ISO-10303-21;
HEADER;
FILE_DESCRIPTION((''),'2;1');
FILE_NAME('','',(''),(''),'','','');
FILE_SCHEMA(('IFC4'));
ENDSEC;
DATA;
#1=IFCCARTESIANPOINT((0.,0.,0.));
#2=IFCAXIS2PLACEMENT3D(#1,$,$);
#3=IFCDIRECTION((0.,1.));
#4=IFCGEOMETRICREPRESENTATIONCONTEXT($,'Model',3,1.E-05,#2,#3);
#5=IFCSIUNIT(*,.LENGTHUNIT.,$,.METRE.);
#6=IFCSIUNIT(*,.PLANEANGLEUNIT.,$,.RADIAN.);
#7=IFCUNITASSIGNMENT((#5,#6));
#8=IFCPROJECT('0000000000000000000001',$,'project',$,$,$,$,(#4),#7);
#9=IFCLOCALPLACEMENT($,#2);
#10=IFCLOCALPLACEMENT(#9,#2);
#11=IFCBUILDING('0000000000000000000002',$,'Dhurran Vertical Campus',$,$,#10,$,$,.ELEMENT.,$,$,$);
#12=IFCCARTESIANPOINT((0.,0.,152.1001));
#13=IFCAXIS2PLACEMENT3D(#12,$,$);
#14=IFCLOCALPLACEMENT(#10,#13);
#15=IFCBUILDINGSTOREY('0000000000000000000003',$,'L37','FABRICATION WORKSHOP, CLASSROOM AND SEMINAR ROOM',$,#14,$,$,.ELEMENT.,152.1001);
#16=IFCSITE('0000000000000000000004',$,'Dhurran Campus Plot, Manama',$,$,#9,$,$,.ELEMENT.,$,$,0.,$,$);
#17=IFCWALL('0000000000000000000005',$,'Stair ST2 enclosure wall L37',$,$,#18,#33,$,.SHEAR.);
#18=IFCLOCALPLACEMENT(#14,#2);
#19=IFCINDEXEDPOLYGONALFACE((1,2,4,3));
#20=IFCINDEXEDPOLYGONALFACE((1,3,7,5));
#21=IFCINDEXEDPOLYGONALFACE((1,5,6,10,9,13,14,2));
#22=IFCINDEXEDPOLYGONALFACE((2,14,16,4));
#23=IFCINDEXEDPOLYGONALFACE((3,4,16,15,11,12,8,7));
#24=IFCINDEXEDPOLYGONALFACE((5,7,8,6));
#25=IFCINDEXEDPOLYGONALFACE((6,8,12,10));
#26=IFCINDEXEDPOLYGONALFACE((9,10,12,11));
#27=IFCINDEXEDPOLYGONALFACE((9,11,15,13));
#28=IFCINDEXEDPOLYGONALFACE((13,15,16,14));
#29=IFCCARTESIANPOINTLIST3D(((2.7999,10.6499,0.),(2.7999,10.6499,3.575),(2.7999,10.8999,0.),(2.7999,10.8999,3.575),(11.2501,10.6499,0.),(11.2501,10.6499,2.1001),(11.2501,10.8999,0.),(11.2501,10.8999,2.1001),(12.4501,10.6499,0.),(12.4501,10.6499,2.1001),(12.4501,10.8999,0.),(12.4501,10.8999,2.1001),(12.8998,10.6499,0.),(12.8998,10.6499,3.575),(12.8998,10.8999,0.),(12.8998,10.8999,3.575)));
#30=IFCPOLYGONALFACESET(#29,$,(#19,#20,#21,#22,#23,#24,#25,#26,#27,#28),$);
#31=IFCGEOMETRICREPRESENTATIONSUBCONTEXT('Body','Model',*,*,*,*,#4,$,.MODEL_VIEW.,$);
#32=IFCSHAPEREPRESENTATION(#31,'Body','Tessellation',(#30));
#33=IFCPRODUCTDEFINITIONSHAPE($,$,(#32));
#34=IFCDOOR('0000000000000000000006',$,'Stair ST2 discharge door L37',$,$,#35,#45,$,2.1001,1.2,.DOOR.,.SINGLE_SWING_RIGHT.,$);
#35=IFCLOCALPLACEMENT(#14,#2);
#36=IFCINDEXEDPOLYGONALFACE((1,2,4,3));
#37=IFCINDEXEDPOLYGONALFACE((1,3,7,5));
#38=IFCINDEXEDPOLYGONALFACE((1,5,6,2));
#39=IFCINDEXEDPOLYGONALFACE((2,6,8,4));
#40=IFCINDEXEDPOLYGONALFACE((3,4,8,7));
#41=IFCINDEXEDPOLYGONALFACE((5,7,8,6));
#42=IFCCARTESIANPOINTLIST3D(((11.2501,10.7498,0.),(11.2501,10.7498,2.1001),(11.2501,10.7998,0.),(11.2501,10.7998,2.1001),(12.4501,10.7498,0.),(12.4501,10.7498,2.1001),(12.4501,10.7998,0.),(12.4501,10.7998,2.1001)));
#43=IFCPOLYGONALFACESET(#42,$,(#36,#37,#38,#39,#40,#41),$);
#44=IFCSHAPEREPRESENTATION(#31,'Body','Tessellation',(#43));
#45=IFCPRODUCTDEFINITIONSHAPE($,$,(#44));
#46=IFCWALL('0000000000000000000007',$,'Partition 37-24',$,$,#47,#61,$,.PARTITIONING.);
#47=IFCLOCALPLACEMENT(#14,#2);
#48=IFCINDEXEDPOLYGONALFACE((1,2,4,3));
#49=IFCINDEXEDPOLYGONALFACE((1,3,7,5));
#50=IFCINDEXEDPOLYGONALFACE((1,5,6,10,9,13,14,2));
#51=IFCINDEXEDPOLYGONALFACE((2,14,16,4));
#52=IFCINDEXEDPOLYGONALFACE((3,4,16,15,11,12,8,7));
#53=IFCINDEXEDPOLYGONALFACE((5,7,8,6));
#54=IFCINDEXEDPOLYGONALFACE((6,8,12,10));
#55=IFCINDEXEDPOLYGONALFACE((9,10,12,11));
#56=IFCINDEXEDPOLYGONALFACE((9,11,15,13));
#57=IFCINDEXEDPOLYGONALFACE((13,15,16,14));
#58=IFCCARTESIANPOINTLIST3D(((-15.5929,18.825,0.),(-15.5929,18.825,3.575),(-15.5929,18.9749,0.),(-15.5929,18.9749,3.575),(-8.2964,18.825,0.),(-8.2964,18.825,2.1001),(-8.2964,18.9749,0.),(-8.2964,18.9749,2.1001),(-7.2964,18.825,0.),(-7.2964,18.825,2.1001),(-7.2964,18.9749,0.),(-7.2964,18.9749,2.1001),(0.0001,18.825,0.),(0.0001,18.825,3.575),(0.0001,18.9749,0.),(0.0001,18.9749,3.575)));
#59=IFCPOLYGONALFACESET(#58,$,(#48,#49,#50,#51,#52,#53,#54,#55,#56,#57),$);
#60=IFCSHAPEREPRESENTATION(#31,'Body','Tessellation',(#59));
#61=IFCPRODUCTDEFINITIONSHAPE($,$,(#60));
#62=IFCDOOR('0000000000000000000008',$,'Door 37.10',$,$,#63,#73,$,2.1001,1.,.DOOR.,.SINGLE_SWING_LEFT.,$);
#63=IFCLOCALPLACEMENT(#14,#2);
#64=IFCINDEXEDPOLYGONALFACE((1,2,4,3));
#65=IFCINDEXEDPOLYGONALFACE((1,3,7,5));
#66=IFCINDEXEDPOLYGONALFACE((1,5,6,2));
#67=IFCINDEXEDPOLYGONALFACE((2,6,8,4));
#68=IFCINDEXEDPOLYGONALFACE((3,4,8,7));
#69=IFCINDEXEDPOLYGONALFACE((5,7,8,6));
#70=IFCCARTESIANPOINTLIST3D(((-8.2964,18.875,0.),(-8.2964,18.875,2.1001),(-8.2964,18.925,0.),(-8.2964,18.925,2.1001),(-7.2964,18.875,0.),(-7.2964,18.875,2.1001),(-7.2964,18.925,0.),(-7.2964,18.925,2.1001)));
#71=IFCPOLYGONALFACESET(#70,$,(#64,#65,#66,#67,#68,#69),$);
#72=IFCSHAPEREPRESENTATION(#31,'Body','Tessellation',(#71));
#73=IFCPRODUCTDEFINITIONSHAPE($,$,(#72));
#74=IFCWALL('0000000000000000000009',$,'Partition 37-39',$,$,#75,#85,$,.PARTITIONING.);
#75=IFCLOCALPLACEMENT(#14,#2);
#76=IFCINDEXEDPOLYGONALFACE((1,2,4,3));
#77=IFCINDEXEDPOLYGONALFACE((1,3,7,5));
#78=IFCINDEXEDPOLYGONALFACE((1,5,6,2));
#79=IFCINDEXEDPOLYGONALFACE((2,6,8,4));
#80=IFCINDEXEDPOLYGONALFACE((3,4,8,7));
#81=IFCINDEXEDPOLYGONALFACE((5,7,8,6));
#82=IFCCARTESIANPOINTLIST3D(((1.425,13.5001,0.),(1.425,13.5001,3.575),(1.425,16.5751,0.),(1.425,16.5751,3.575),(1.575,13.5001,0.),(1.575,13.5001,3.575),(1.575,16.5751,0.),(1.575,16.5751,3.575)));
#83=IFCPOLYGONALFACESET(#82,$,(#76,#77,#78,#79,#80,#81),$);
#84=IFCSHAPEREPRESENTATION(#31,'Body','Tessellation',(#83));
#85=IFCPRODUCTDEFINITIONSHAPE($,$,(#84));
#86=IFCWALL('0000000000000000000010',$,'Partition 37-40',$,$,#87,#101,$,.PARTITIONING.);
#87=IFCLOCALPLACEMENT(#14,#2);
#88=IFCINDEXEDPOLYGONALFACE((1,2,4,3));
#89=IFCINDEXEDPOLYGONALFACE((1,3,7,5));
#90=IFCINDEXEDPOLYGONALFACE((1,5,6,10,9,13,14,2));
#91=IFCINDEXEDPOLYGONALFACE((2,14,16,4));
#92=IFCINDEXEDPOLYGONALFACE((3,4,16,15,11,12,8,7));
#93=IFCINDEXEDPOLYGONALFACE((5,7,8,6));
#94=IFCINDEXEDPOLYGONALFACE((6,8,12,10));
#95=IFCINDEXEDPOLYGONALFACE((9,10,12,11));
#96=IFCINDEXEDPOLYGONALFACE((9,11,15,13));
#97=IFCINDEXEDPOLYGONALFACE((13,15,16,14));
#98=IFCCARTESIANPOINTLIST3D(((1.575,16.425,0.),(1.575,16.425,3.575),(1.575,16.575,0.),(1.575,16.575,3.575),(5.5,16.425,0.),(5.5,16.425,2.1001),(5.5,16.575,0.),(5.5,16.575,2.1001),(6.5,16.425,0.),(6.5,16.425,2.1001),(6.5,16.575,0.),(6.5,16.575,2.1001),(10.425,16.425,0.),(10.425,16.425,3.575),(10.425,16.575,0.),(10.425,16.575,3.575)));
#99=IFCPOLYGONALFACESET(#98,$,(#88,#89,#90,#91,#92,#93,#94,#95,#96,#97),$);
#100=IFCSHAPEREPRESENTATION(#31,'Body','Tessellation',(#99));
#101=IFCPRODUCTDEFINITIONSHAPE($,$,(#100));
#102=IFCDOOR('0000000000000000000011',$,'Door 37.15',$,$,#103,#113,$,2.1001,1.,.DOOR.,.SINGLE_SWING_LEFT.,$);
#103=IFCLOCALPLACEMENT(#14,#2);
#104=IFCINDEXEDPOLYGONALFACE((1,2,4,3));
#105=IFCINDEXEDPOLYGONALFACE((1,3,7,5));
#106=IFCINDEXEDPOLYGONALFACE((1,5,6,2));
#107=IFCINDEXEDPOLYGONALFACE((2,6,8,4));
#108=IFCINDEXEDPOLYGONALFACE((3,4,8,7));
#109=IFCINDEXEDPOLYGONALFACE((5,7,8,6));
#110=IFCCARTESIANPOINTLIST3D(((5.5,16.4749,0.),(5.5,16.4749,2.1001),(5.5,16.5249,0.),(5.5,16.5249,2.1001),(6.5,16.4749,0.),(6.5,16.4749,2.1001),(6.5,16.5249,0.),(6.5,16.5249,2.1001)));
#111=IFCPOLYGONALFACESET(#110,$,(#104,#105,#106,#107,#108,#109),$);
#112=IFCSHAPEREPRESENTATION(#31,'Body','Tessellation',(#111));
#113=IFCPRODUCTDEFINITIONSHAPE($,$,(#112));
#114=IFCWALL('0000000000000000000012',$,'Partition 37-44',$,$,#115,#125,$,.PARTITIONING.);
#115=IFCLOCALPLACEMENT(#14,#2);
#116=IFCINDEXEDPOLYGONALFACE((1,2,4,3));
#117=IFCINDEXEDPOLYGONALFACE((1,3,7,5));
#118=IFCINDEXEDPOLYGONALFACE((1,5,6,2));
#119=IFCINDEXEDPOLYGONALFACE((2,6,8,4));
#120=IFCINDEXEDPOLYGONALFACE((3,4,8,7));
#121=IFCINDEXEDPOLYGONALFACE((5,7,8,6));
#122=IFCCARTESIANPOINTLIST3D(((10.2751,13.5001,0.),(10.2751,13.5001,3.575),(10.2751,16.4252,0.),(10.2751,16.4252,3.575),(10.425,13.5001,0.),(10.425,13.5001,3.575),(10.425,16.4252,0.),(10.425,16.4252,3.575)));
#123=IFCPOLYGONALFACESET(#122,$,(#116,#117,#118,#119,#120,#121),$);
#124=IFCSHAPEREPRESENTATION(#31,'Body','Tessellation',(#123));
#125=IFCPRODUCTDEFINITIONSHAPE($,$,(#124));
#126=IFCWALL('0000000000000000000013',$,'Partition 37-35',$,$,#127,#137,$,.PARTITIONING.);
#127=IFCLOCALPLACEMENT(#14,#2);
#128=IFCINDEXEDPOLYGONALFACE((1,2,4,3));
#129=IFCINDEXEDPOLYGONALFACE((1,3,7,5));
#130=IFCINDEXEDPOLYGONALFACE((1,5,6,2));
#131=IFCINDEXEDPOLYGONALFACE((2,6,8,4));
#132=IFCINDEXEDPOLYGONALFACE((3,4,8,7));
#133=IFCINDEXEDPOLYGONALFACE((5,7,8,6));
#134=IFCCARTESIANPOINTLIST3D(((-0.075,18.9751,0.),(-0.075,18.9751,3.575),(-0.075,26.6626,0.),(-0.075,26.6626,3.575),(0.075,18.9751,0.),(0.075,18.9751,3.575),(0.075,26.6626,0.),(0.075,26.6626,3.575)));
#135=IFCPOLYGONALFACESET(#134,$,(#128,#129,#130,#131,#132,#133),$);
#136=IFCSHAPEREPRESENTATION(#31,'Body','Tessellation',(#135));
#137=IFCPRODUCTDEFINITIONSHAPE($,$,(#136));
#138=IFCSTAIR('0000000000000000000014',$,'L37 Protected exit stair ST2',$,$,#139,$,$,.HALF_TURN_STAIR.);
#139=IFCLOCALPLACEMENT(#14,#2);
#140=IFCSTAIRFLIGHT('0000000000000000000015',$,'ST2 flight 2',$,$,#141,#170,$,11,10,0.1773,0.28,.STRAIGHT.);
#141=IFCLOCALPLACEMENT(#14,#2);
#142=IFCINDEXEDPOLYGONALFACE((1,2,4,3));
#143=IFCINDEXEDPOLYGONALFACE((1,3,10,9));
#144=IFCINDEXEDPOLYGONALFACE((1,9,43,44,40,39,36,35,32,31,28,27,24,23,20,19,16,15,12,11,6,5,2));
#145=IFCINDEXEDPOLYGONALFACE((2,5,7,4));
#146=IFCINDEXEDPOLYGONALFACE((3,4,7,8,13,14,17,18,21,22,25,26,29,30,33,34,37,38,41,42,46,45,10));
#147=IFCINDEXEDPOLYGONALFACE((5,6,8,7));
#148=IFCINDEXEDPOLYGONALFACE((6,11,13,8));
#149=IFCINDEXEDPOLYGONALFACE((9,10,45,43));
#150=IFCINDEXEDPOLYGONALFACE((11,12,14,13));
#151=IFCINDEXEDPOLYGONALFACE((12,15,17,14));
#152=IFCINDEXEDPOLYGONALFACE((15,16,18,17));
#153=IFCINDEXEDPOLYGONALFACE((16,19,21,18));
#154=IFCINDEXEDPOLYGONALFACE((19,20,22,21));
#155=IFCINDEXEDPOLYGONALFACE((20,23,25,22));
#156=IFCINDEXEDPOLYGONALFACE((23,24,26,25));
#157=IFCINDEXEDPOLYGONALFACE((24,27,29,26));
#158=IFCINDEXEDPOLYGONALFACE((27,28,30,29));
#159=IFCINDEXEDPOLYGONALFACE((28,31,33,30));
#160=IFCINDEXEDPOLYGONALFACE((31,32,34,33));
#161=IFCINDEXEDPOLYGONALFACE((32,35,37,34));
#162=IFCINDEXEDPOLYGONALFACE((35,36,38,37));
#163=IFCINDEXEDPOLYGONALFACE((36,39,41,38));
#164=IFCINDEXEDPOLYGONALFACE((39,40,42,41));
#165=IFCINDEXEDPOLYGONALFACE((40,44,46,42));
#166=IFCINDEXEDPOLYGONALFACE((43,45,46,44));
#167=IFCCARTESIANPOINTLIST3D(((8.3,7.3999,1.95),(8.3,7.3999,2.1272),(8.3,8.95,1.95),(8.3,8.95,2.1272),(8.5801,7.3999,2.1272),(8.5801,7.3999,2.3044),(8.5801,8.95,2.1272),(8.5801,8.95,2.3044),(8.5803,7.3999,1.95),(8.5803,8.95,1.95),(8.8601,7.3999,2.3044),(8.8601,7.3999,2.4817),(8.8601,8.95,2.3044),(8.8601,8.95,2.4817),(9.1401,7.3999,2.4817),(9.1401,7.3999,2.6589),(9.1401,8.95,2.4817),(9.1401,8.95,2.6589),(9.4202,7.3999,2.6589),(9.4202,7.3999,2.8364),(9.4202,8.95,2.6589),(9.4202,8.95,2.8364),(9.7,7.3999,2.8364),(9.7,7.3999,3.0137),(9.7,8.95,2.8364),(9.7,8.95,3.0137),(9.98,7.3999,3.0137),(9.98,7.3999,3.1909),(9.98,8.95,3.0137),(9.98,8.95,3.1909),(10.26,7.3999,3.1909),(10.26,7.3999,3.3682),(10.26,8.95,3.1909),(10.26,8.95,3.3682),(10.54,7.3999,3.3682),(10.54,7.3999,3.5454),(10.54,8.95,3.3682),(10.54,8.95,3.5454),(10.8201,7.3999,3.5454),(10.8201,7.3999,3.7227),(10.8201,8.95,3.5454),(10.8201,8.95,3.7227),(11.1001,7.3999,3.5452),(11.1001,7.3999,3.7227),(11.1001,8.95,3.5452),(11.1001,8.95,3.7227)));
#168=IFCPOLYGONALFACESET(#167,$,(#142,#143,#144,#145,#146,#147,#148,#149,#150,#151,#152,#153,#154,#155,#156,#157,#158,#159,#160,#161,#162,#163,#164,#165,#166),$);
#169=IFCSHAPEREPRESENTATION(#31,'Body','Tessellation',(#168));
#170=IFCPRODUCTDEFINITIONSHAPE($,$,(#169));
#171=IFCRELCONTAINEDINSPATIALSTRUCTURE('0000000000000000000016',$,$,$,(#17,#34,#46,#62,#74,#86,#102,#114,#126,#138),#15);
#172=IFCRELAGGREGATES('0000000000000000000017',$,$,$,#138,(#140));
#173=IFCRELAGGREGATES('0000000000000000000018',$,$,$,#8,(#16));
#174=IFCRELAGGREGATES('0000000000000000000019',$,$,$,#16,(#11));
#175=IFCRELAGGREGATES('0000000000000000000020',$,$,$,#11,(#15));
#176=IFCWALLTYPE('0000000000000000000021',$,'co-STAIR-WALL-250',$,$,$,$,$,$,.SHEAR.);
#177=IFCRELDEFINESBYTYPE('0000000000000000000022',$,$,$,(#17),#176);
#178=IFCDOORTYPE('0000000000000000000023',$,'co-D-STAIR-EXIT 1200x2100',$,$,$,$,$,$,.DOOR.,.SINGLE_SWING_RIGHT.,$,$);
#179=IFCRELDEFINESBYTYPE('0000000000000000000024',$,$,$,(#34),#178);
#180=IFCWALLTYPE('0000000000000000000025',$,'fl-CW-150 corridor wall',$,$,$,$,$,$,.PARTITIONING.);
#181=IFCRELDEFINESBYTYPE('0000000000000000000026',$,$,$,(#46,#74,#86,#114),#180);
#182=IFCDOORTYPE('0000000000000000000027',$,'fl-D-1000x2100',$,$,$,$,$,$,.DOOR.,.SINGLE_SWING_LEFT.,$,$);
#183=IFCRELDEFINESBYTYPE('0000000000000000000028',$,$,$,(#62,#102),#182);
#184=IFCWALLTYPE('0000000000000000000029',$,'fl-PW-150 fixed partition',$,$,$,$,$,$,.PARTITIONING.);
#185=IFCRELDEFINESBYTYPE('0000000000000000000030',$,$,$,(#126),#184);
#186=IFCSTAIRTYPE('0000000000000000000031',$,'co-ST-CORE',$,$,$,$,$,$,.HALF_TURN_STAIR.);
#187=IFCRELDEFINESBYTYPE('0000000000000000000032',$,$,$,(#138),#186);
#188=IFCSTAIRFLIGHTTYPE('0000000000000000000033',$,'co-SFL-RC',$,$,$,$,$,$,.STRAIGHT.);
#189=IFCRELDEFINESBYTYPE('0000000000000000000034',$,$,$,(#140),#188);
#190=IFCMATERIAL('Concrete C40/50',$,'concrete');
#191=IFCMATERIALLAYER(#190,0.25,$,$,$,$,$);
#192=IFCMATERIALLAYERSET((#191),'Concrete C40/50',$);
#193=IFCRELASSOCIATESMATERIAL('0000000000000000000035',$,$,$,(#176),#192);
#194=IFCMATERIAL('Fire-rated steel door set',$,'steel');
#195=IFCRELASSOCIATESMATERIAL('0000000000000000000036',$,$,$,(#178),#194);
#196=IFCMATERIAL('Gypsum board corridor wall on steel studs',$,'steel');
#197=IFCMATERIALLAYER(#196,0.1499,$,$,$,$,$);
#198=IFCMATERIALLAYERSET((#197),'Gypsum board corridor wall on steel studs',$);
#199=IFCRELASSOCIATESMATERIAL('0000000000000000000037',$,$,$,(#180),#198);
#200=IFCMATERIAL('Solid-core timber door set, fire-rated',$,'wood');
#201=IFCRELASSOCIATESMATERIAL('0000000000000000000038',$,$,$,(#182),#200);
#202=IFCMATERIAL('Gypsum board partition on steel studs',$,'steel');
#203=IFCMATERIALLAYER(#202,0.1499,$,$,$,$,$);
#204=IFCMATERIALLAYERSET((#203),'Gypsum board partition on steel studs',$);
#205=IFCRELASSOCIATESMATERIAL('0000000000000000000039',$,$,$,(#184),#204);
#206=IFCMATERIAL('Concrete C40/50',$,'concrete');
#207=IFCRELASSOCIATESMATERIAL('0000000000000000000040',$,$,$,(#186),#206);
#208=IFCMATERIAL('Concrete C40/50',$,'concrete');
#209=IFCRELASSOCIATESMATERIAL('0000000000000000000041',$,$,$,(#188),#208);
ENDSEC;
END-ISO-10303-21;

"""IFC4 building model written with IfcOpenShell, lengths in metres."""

from ifc_helpers import new_model, si_unit, direction, frame, frame_2d, origin, place, context, subcontext, project, spatial, polyline, rectangle, outline, extrude, material, layer, layer_set, type_object, element, fill, aggregate, save


model = new_model("IFC4")

# Units and contexts
model_context = context("Model", 3, precision=1e-05, world=origin(), true_north=direction((0.0, 1.0)))
body_context = subcontext(model_context, "Body", "Model", "MODEL_VIEW")
ifc_project = project(units=[si_unit("LENGTHUNIT", "METRE"), si_unit("PLANEANGLEUNIT", "RADIAN")], contexts=[model_context])

# Site, building, storey
site_placement = place(None, origin())
site = spatial("IfcSite", under=ifc_project, at=site_placement, Name="Dhurran Campus Plot, Manama", CompositionType="ELEMENT", RefElevation=0.0)
building_placement = place(site_placement, origin())
building = spatial("IfcBuilding", under=site, at=building_placement, Name="Dhurran Vertical Campus", CompositionType="ELEMENT")
storey_placement = place(building_placement, frame((0.0, 0.0, 152.1001)))
storey = spatial("IfcBuildingStorey", under=building, at=storey_placement, Name="L37", Description="FABRICATION WORKSHOP, CLASSROOM AND SEMINAR ROOM", CompositionType="ELEMENT", Elevation=152.1001)

# Walls, openings, doors
ifc_material_1 = material(Name="Concrete C40/50", Category="concrete")
ifc_layer_1 = layer(ifc_material_1, 0.25)
ifc_layer_set_1 = layer_set([ifc_layer_1], Name="Concrete C40/50")
wall_type_1 = type_object("IfcWallType", Name="co-STAIR-WALL-250", PredefinedType="SHEAR", material=ifc_layer_set_1)
wall_1_placement = place(storey_placement, frame((2.8, 10.7749, 0.0), z_axis=(0.0, 0.0, 1.0), x_axis=(1.0, 0.0, 0.0)))
wall_1 = element("IfcWall", 1, at=wall_1_placement, inside=storey, type_object=wall_type_1, Name="Stair ST2 enclosure wall L37", PredefinedType="SHEAR", context=body_context, shape_type="SweptSolid", body=[
    extrude(rectangle(XDim=10.0999, YDim=0.25, at=frame_2d((5.0498, 0.0))), origin(), (0.0, 0.0, 1.0), 3.575),
])
opening_1_placement = place(wall_1_placement, frame((8.45, 0.0, 0.0)))
opening_1 = element("IfcOpeningElement", 2, at=opening_1_placement, cuts=wall_1, PredefinedType="OPENING", context=body_context, shape_type="SweptSolid", body=[
    extrude(rectangle(XDim=1.2, YDim=2.1001, at=frame_2d((0.6001, 1.05))), frame((0.0, 0.135, 0.0), z_axis=(0.0, -1.0, 0.0), x_axis=(1.0, 0.0, 0.0)), (0.0, 0.0, 1.0), 0.27),
])
ifc_material_2 = material(Name="Fire-rated steel door set", Category="steel")
door_type_1 = type_object("IfcDoorType", Name="co-D-STAIR-EXIT 1200x2100", OperationType="SINGLE_SWING_RIGHT", PredefinedType="DOOR", material=ifc_material_2)
door_1_placement = place(opening_1_placement, origin())
door_1 = element("IfcDoor", 3, at=door_1_placement, inside=storey, type_object=door_type_1, Name="Stair ST2 discharge door L37", OperationType="SINGLE_SWING_RIGHT", OverallHeight=2.1001, OverallWidth=1.2, PredefinedType="DOOR", context=body_context, shape_type="SweptSolid", body=[
    extrude(rectangle(XDim=1.2, YDim=2.1001, at=frame_2d((0.6001, 1.05))), frame((0.0, 0.0249, 0.0), z_axis=(0.0, -1.0, 0.0), x_axis=(1.0, 0.0, 0.0)), (0.0, 0.0, 1.0), 0.05),
])
fill(opening_1, door_1)
ifc_material_3 = material(Name="Gypsum board corridor wall on steel studs", Category="steel")
ifc_layer_2 = layer(ifc_material_3, 0.1499)
ifc_layer_set_2 = layer_set([ifc_layer_2], Name="Gypsum board corridor wall on steel studs")
wall_type_2 = type_object("IfcWallType", Name="fl-CW-150 corridor wall", PredefinedType="PARTITIONING", material=ifc_layer_set_2)
wall_2_placement = place(storey_placement, frame((0.0, 18.8999, 0.0), z_axis=(0.0, 0.0, 1.0), x_axis=(-1.0, 0.0, 0.0)))
wall_2 = element("IfcWall", 4, at=wall_2_placement, inside=storey, type_object=wall_type_2, Name="Partition 37-24", PredefinedType="PARTITIONING", context=body_context, shape_type="SweptSolid", body=[
    extrude(rectangle(XDim=15.593, YDim=0.1499, at=frame_2d((7.7964, 0.0))), origin(), (0.0, 0.0, 1.0), 3.575),
])
opening_2_placement = place(wall_2_placement, frame((7.2964, 0.0, 0.0)))
opening_2 = element("IfcOpeningElement", 5, at=opening_2_placement, cuts=wall_2, PredefinedType="OPENING", context=body_context, shape_type="SweptSolid", body=[
    extrude(rectangle(XDim=1.0, YDim=2.1001, at=frame_2d((0.5, 1.05))), frame((0.0, 0.085, 0.0), z_axis=(0.0, -1.0, 0.0), x_axis=(1.0, 0.0, 0.0)), (0.0, 0.0, 1.0), 0.1699),
])
ifc_material_4 = material(Name="Solid-core timber door set, fire-rated", Category="wood")
door_type_2 = type_object("IfcDoorType", Name="fl-D-1000x2100", OperationType="SINGLE_SWING_LEFT", PredefinedType="DOOR", material=ifc_material_4)
door_2_placement = place(opening_2_placement, origin())
door_2 = element("IfcDoor", 6, at=door_2_placement, inside=storey, type_object=door_type_2, Name="Door 37.10", OperationType="SINGLE_SWING_LEFT", OverallHeight=2.1001, OverallWidth=1.0, PredefinedType="DOOR", context=body_context, shape_type="SweptSolid", body=[
    extrude(rectangle(XDim=1.0, YDim=2.1001, at=frame_2d((0.5, 1.05))), frame((0.0, 0.0249, 0.0), z_axis=(0.0, -1.0, 0.0), x_axis=(1.0, 0.0, 0.0)), (0.0, 0.0, 1.0), 0.05),
])
fill(opening_2, door_2)

# Wall
wall_3_placement = place(storey_placement, frame((1.5, 13.5, 0.0), z_axis=(0.0, 0.0, 1.0), x_axis=(0.0, 1.0, 0.0)))
element("IfcWall", 7, at=wall_3_placement, inside=storey, type_object=wall_type_2, Name="Partition 37-39", PredefinedType="PARTITIONING", context=body_context, shape_type="SweptSolid", body=[
    extrude(rectangle(XDim=3.075, YDim=0.1499, at=frame_2d((1.5376, 0.0))), origin(), (0.0, 0.0, 1.0), 3.575),
])

# Wall, opening, door
wall_4_placement = place(storey_placement, frame((1.575, 16.5, 0.0), z_axis=(0.0, 0.0, 1.0), x_axis=(1.0, 0.0, 0.0)))
wall_4 = element("IfcWall", 8, at=wall_4_placement, inside=storey, type_object=wall_type_2, Name="Partition 37-40", PredefinedType="PARTITIONING", context=body_context, shape_type="SweptSolid", body=[
    extrude(rectangle(XDim=8.8501, YDim=0.1499, at=frame_2d((4.425, 0.0))), origin(), (0.0, 0.0, 1.0), 3.575),
])
opening_3_placement = place(wall_4_placement, frame((3.925, 0.0, 0.0)))
opening_3 = element("IfcOpeningElement", 9, at=opening_3_placement, cuts=wall_4, PredefinedType="OPENING", context=body_context, shape_type="SweptSolid", body=[
    extrude(rectangle(XDim=1.0, YDim=2.1001, at=frame_2d((0.5, 1.05))), frame((0.0, 0.085, 0.0), z_axis=(0.0, -1.0, 0.0), x_axis=(1.0, 0.0, 0.0)), (0.0, 0.0, 1.0), 0.1699),
])
door_3_placement = place(opening_3_placement, origin())
door_3 = element("IfcDoor", 10, at=door_3_placement, inside=storey, type_object=door_type_2, Name="Door 37.15", OperationType="SINGLE_SWING_LEFT", OverallHeight=2.1001, OverallWidth=1.0, PredefinedType="DOOR", context=body_context, shape_type="SweptSolid", body=[
    extrude(rectangle(XDim=1.0, YDim=2.1001, at=frame_2d((0.5, 1.05))), frame((0.0, 0.0249, 0.0), z_axis=(0.0, -1.0, 0.0), x_axis=(1.0, 0.0, 0.0)), (0.0, 0.0, 1.0), 0.05),
])
fill(opening_3, door_3)

# Walls
wall_5_placement = place(storey_placement, frame((10.3501, 16.425, 0.0), z_axis=(0.0, 0.0, 1.0), x_axis=(0.0, -1.0, 0.0)))
element("IfcWall", 11, at=wall_5_placement, inside=storey, type_object=wall_type_2, Name="Partition 37-44", PredefinedType="PARTITIONING", context=body_context, shape_type="SweptSolid", body=[
    extrude(rectangle(XDim=2.925, YDim=0.1499, at=frame_2d((1.4624, 0.0))), origin(), (0.0, 0.0, 1.0), 3.575),
])
ifc_material_5 = material(Name="Gypsum board partition on steel studs", Category="steel")
ifc_layer_3 = layer(ifc_material_5, 0.1499)
ifc_layer_set_3 = layer_set([ifc_layer_3], Name="Gypsum board partition on steel studs")
wall_type_3 = type_object("IfcWallType", Name="fl-PW-150 fixed partition", PredefinedType="PARTITIONING", material=ifc_layer_set_3)
wall_6_placement = place(storey_placement, frame((0.0, 26.6626, 0.0), z_axis=(0.0, 0.0, 1.0), x_axis=(0.0, -1.0, 0.0)))
element("IfcWall", 12, at=wall_6_placement, inside=storey, type_object=wall_type_3, Name="Partition 37-35", PredefinedType="PARTITIONING", context=body_context, shape_type="SweptSolid", body=[
    extrude(rectangle(XDim=7.6875, YDim=0.1499, at=frame_2d((3.8438, 0.0))), origin(), (0.0, 0.0, 1.0), 3.575),
])

# Stair, stair flight
ifc_material_6 = material(Name="Concrete C40/50", Category="concrete")
stair_type = type_object("IfcStairType", Name="co-ST-CORE", PredefinedType="HALF_TURN_STAIR", material=ifc_material_6)
stair_placement = place(storey_placement, origin())
stair = element("IfcStair", 13, at=stair_placement, inside=storey, type_object=stair_type, Name="L37 Protected exit stair ST2", PredefinedType="HALF_TURN_STAIR")
ifc_material_7 = material(Name="Concrete C40/50", Category="concrete")
stair_flight_type = type_object("IfcStairFlightType", Name="co-SFL-RC", PredefinedType="STRAIGHT", material=ifc_material_7)
stair_flight_placement = place(storey_placement, frame((8.3, 8.175, 1.95), z_axis=(0.0, 0.0, 1.0), x_axis=(1.0, 0.0, 0.0)))
stair_flight = element("IfcStairFlight", 14, at=stair_flight_placement, type_object=stair_flight_type, Name="ST2 flight 2", NumberOfRisers=11, NumberOfTreads=10, PredefinedType="STRAIGHT", RiserHeight=0.1773, TreadLength=0.28, context=body_context, shape_type="SweptSolid", body=[
    extrude(outline(polyline([(0.0, 0.0), (0.0, 0.1772), (0.28, 0.1772), (0.28, 0.3545), (0.5601, 0.3545), (0.5601, 0.5317), (0.8401, 0.5317), (0.8401, 0.709), (1.1201, 0.709), (1.1201, 0.8865), (1.3999, 0.8865), (1.3999, 1.0637), (1.6799, 1.0637), (1.6799, 1.241), (1.96, 1.241), (1.96, 1.4182), (2.24, 1.4182), (2.24, 1.5955), (2.52, 1.5955), (2.52, 1.7727), (2.8, 1.7727), (2.8, 1.95), (2.8, 1.5952), (0.2803, 0.0), (0.0, 0.0)])), frame((0.0, 0.7749, 0.0), z_axis=(0.0, -1.0, 0.0), x_axis=(1.0, 0.0, 0.0)), (0.0, 0.0, 1.0), 1.55),
])
aggregate(stair, [stair_flight])

save(model, "model.ifc")
